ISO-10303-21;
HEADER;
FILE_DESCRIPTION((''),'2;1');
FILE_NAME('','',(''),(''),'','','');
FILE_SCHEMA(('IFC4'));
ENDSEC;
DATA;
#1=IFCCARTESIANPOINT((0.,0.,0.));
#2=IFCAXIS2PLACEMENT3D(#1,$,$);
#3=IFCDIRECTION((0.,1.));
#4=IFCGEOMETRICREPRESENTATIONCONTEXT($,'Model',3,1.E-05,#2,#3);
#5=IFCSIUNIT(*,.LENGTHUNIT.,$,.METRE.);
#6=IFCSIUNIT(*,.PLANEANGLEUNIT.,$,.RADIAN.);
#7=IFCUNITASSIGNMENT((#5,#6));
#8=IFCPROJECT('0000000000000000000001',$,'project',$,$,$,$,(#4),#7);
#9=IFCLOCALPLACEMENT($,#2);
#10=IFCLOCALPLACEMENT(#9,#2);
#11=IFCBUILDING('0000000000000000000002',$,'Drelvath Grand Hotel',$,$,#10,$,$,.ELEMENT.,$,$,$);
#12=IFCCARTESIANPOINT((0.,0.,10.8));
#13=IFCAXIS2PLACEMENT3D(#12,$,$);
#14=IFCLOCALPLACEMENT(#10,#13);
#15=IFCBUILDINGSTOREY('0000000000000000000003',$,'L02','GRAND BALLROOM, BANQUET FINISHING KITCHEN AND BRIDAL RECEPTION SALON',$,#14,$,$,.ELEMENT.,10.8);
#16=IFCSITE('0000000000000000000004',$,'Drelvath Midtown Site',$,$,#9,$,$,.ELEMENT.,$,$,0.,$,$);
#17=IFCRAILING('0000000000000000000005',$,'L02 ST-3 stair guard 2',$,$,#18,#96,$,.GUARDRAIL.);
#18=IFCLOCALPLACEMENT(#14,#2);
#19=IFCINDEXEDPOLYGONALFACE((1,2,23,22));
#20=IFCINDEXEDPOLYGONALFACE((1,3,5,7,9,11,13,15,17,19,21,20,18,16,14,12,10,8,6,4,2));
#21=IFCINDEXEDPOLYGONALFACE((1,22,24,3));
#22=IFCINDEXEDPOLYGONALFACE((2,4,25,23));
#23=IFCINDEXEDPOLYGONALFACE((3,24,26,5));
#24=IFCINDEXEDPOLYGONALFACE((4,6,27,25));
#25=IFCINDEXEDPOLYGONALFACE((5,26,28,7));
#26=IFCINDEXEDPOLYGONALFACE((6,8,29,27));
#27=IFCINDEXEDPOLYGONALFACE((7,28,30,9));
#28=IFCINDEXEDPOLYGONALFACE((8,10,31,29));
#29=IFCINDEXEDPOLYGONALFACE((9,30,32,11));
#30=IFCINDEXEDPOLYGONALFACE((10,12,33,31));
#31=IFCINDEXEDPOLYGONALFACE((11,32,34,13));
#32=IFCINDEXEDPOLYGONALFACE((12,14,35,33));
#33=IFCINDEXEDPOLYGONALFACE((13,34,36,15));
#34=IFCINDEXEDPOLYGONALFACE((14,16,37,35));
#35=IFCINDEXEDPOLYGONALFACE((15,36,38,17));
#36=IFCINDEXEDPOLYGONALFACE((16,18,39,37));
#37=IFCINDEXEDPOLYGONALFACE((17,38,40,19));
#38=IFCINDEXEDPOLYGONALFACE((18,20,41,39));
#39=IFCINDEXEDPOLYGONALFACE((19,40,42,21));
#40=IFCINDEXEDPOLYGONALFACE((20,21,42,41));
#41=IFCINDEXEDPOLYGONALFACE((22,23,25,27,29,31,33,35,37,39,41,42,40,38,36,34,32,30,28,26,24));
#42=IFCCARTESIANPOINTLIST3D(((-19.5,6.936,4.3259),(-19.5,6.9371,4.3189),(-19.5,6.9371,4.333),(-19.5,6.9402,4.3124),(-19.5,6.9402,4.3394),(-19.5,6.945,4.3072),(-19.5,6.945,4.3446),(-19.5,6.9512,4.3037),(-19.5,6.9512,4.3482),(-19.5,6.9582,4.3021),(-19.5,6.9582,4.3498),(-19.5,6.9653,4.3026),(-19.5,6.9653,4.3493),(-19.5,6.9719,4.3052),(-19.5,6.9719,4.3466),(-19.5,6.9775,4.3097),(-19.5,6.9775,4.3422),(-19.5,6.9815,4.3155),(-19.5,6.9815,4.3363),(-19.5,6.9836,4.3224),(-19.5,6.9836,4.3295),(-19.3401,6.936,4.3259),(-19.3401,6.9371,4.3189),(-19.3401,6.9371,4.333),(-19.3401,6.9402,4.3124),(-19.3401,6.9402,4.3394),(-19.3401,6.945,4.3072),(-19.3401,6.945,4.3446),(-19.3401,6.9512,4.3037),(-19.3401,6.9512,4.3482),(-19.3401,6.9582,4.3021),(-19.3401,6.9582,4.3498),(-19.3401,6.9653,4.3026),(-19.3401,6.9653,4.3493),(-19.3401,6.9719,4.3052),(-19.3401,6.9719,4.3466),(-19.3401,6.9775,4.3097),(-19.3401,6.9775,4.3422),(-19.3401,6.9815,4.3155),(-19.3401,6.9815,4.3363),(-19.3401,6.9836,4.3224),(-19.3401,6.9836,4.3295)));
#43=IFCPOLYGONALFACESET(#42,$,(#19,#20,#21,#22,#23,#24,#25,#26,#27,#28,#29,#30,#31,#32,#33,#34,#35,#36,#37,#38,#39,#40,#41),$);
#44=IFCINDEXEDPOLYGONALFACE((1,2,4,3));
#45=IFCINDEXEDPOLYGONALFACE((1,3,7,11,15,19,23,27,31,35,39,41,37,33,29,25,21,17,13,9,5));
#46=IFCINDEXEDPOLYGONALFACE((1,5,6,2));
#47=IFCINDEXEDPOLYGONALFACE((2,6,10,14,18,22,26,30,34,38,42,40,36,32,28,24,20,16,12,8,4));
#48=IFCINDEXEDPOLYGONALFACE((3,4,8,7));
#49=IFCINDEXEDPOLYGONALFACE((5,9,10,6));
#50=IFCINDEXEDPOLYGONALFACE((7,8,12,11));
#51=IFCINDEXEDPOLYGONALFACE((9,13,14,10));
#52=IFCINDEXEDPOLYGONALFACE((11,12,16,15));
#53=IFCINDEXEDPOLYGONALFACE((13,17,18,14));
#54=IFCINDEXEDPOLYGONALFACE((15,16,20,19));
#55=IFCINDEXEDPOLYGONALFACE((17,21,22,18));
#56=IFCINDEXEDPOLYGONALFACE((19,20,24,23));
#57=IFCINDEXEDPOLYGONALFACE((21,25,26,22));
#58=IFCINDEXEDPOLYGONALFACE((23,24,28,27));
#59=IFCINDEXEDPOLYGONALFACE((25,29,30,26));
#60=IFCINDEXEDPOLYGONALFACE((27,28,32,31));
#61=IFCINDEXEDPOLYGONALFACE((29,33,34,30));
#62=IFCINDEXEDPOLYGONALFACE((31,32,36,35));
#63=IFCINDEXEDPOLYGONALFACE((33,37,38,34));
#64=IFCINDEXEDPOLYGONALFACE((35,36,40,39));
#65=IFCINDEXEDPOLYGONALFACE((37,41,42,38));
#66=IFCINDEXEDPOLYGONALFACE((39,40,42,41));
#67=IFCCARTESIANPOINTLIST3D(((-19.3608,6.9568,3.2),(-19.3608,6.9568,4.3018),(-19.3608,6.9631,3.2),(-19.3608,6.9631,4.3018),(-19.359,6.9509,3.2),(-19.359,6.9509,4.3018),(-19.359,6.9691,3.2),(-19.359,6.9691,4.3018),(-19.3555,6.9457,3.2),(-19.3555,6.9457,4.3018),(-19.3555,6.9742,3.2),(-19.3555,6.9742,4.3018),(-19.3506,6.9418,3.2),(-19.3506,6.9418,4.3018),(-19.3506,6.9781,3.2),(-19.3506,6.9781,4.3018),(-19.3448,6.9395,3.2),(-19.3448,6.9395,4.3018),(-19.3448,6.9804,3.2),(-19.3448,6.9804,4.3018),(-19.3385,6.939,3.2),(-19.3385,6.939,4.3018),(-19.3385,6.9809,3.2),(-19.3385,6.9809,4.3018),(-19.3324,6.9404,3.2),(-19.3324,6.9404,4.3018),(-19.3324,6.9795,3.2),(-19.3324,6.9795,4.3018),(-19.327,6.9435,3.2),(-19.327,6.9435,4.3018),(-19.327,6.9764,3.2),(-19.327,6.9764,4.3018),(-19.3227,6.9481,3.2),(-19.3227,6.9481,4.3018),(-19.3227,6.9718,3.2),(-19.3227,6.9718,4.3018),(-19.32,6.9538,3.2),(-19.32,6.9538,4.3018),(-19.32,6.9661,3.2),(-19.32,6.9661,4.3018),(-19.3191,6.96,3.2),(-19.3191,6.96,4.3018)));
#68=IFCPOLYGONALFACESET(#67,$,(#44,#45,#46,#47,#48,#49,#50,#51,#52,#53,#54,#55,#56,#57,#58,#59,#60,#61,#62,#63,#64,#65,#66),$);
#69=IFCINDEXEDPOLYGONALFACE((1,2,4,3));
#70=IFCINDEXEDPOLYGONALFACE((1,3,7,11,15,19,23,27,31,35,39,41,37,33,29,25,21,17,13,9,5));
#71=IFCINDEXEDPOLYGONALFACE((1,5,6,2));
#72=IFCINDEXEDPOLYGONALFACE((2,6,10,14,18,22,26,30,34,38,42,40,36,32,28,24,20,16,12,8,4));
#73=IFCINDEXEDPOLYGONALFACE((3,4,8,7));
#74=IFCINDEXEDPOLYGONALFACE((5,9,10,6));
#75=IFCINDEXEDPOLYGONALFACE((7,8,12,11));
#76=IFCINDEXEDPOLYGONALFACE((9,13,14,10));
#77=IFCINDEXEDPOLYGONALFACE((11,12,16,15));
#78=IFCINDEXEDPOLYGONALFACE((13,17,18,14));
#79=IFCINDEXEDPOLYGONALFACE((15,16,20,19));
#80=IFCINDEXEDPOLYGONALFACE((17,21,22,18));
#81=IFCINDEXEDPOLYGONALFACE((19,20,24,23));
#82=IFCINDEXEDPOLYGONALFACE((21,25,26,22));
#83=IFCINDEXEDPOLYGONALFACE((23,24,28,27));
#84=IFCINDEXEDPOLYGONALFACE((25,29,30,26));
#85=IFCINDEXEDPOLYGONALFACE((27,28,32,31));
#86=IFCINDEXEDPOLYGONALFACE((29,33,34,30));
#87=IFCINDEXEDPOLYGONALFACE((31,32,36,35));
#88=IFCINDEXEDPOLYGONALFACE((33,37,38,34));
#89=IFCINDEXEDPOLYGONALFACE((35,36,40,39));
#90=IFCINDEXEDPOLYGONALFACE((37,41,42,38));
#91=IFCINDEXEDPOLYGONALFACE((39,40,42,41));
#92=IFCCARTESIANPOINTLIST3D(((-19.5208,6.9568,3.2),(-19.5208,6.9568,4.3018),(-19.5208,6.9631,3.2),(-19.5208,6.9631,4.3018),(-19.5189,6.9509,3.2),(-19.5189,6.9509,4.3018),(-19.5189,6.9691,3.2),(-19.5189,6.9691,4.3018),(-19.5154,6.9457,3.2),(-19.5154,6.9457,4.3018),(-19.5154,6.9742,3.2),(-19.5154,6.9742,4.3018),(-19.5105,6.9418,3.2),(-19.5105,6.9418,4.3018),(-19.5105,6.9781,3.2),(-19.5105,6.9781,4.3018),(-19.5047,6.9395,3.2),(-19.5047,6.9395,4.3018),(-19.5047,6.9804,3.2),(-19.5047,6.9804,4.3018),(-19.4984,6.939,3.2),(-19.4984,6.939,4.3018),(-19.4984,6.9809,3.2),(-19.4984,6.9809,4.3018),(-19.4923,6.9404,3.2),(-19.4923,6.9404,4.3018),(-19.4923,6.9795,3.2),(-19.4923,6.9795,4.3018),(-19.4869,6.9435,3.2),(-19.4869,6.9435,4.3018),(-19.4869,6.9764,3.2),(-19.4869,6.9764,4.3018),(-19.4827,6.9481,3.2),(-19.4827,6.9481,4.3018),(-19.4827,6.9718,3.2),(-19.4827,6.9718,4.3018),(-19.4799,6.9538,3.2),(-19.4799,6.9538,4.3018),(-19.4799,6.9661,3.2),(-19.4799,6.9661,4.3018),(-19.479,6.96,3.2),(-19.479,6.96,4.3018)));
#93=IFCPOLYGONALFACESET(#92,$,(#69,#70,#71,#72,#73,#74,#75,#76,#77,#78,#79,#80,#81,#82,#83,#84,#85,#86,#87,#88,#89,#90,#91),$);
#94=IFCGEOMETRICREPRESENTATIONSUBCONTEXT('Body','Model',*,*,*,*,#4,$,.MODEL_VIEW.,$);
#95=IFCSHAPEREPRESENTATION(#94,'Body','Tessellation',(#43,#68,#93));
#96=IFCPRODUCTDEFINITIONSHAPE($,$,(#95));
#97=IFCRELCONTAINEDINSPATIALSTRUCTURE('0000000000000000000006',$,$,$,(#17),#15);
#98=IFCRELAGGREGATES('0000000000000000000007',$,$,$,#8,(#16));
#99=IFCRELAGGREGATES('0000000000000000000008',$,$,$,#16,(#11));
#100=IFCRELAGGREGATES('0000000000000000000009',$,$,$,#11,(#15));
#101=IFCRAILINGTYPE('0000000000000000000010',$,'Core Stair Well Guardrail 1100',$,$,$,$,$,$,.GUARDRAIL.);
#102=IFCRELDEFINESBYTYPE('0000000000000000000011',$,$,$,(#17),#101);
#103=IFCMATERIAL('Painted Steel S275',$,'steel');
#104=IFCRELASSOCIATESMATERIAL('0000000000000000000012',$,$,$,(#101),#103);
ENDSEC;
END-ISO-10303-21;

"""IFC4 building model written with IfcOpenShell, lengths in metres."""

from ifc_helpers import new_model, si_unit, direction, frame, origin, origin_2d, place, context, subcontext, project, spatial, circle, extrude, material, type_object, element, save


model = new_model("IFC4")

# Units and contexts
model_context = context("Model", 3, precision=1e-05, world=origin(), true_north=direction((0.0, 1.0)))
body_context = subcontext(model_context, "Body", "Model", "MODEL_VIEW")
ifc_project = project(units=[si_unit("LENGTHUNIT", "METRE"), si_unit("PLANEANGLEUNIT", "RADIAN")], contexts=[model_context])

# Site, building, storey
site_placement = place(None, origin())
site = spatial("IfcSite", under=ifc_project, at=site_placement, Name="Drelvath Midtown Site", CompositionType="ELEMENT", RefElevation=0.0)
building_placement = place(site_placement, origin())
building = spatial("IfcBuilding", under=site, at=building_placement, Name="Drelvath Grand Hotel", CompositionType="ELEMENT")
storey_placement = place(building_placement, frame((0.0, 0.0, 10.8)))
storey = spatial("IfcBuildingStorey", under=building, at=storey_placement, Name="L02", Description="GRAND BALLROOM, BANQUET FINISHING KITCHEN AND BRIDAL RECEPTION SALON", CompositionType="ELEMENT", Elevation=10.8)

# Railing
ifc_material_1 = material(Name="Painted Steel S275", Category="steel")
railing_type_1 = type_object("IfcRailingType", Name="Core Stair Well Guardrail 1100", PredefinedType="GUARDRAIL", material=ifc_material_1)
railing_1_placement = place(storey_placement, frame((-19.3401, 6.96, 3.2)))
element("IfcRailing", 1, at=railing_1_placement, inside=storey, type_object=railing_type_1, Name="L02 ST-3 stair guard 2", PredefinedType="GUARDRAIL", context=body_context, shape_type="SweptSolid", body=[
    extrude(circle(Radius=0.0239, at=origin_2d()), frame((0.0, 0.0, 1.126), z_axis=(-1.0, 0.0, 0.0), x_axis=(0.0, -1.0, 0.0)), (0.0, 0.0, 1.0), 0.1599),
    extrude(circle(Radius=0.021, at=origin_2d()), origin(), (0.0, 0.0, 1.0), 1.1018),
    extrude(circle(Radius=0.021, at=origin_2d()), frame((-0.1599, 0.0, 0.0)), (0.0, 0.0, 1.0), 1.1018),
])

save(model, "model.ifc")
